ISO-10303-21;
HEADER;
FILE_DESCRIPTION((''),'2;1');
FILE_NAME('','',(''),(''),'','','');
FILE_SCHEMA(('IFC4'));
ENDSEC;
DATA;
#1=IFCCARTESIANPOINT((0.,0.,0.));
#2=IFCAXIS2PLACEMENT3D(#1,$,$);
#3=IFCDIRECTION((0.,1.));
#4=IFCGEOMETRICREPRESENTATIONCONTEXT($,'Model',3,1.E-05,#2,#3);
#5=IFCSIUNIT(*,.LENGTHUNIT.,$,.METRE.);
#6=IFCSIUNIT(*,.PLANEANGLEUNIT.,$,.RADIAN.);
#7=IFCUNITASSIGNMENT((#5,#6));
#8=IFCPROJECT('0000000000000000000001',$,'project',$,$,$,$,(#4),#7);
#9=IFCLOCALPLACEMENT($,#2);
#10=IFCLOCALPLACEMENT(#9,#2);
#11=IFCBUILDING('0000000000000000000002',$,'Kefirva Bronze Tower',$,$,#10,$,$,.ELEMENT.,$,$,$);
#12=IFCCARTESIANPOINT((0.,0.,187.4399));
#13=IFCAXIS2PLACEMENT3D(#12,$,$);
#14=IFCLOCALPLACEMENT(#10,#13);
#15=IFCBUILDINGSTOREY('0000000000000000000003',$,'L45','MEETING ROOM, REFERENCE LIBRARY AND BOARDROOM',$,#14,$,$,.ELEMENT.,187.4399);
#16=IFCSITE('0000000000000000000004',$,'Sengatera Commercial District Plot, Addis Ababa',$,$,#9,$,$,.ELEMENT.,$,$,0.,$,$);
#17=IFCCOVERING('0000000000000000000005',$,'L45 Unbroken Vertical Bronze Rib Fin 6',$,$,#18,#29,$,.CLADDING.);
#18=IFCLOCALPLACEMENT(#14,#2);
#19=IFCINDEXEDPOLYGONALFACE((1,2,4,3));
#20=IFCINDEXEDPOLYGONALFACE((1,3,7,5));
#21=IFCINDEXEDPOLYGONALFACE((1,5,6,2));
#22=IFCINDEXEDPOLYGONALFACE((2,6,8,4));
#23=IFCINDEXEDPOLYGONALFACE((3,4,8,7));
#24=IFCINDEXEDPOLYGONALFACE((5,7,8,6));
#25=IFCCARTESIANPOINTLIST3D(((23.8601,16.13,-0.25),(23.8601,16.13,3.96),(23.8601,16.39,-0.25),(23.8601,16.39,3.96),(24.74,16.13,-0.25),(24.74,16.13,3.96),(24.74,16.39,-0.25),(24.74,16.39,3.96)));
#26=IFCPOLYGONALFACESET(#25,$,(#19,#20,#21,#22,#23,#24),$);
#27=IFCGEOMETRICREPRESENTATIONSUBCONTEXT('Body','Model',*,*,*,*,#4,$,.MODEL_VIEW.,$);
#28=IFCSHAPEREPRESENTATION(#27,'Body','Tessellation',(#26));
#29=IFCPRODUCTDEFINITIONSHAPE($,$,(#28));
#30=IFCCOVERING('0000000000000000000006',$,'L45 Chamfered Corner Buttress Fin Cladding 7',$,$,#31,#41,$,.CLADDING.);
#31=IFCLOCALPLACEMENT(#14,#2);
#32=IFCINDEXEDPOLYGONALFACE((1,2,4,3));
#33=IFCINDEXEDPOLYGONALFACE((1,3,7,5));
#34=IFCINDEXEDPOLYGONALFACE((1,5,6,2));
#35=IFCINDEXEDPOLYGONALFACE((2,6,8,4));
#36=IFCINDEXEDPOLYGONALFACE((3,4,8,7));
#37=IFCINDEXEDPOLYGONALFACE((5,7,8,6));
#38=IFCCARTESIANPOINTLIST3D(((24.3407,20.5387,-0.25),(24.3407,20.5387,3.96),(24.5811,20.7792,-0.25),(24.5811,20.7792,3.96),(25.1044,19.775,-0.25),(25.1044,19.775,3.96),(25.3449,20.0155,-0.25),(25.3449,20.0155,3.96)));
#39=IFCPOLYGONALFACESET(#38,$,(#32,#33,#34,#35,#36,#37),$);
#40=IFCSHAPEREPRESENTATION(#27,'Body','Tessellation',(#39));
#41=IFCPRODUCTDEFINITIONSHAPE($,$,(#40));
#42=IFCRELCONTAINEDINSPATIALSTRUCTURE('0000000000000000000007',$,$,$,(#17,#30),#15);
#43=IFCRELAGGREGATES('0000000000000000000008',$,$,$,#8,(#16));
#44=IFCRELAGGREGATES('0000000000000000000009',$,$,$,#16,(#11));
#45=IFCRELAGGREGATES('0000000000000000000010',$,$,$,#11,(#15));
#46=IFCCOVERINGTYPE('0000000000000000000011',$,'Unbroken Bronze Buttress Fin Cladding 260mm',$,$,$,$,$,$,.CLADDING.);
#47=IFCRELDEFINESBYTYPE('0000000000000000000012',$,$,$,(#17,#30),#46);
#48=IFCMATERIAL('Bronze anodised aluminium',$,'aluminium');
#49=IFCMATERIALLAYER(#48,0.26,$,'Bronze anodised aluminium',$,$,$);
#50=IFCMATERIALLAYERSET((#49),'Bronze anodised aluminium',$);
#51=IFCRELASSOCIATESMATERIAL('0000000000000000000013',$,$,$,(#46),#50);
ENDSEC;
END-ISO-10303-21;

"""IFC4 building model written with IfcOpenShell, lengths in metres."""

from ifc_helpers import new_model, si_unit, direction, frame, origin, origin_2d, place, context, subcontext, project, spatial, rectangle, extrude, material, layer, layer_set, type_object, element, save


model = new_model("IFC4")

# Units and contexts
model_context = context("Model", 3, precision=1e-05, world=origin(), true_north=direction((0.0, 1.0)))
body_context = subcontext(model_context, "Body", "Model", "MODEL_VIEW")
ifc_project = project(units=[si_unit("LENGTHUNIT", "METRE"), si_unit("PLANEANGLEUNIT", "RADIAN")], contexts=[model_context])

# Site, building, storey
site_placement = place(None, origin())
site = spatial("IfcSite", under=ifc_project, at=site_placement, Name="Sengatera Commercial District Plot, Addis Ababa", CompositionType="ELEMENT", RefElevation=0.0)
building_placement = place(site_placement, origin())
building = spatial("IfcBuilding", under=site, at=building_placement, Name="Kefirva Bronze Tower", CompositionType="ELEMENT")
storey_placement = place(building_placement, frame((0.0, 0.0, 187.4399)))
storey = spatial("IfcBuildingStorey", under=building, at=storey_placement, Name="L45", Description="MEETING ROOM, REFERENCE LIBRARY AND BOARDROOM", CompositionType="ELEMENT", Elevation=187.4399)

# Shared definitions
ifc_material_1 = material(Name="Bronze anodised aluminium", Category="aluminium")

# Coverings
ifc_layer_1 = layer(ifc_material_1, 0.26, Name="Bronze anodised aluminium")
ifc_layer_set_1 = layer_set([ifc_layer_1], Name="Bronze anodised aluminium")
covering_type_1 = type_object("IfcCoveringType", Name="Unbroken Bronze Buttress Fin Cladding 260mm", PredefinedType="CLADDING", material=ifc_layer_set_1)
covering_1_placement = place(storey_placement, frame((24.3, 16.26, -0.25), z_axis=(0.0, 0.0, 1.0), x_axis=(0.0, 1.0, 0.0)))
element("IfcCovering", 1, at=covering_1_placement, inside=storey, type_object=covering_type_1, Name="L45 Unbroken Vertical Bronze Rib Fin 6", PredefinedType="CLADDING", context=body_context, shape_type="SweptSolid", body=[
    extrude(rectangle(XDim=0.26, YDim=0.8799, at=origin_2d()), origin(), (0.0, 0.0, 1.0), 4.21),
])
covering_2_placement = place(storey_placement, frame((24.8428, 20.2771, -0.25), z_axis=(0.0, 0.0, 1.0), x_axis=(0.707107, 0.707107, 0.0)))
element("IfcCovering", 2, at=covering_2_placement, inside=storey, type_object=covering_type_1, Name="L45 Chamfered Corner Buttress Fin Cladding 7", PredefinedType="CLADDING", context=body_context, shape_type="SweptSolid", body=[
    extrude(rectangle(XDim=0.3401, YDim=1.0801, at=origin_2d()), origin(), (0.0, 0.0, 1.0), 4.21),
])

save(model, "model.ifc")
